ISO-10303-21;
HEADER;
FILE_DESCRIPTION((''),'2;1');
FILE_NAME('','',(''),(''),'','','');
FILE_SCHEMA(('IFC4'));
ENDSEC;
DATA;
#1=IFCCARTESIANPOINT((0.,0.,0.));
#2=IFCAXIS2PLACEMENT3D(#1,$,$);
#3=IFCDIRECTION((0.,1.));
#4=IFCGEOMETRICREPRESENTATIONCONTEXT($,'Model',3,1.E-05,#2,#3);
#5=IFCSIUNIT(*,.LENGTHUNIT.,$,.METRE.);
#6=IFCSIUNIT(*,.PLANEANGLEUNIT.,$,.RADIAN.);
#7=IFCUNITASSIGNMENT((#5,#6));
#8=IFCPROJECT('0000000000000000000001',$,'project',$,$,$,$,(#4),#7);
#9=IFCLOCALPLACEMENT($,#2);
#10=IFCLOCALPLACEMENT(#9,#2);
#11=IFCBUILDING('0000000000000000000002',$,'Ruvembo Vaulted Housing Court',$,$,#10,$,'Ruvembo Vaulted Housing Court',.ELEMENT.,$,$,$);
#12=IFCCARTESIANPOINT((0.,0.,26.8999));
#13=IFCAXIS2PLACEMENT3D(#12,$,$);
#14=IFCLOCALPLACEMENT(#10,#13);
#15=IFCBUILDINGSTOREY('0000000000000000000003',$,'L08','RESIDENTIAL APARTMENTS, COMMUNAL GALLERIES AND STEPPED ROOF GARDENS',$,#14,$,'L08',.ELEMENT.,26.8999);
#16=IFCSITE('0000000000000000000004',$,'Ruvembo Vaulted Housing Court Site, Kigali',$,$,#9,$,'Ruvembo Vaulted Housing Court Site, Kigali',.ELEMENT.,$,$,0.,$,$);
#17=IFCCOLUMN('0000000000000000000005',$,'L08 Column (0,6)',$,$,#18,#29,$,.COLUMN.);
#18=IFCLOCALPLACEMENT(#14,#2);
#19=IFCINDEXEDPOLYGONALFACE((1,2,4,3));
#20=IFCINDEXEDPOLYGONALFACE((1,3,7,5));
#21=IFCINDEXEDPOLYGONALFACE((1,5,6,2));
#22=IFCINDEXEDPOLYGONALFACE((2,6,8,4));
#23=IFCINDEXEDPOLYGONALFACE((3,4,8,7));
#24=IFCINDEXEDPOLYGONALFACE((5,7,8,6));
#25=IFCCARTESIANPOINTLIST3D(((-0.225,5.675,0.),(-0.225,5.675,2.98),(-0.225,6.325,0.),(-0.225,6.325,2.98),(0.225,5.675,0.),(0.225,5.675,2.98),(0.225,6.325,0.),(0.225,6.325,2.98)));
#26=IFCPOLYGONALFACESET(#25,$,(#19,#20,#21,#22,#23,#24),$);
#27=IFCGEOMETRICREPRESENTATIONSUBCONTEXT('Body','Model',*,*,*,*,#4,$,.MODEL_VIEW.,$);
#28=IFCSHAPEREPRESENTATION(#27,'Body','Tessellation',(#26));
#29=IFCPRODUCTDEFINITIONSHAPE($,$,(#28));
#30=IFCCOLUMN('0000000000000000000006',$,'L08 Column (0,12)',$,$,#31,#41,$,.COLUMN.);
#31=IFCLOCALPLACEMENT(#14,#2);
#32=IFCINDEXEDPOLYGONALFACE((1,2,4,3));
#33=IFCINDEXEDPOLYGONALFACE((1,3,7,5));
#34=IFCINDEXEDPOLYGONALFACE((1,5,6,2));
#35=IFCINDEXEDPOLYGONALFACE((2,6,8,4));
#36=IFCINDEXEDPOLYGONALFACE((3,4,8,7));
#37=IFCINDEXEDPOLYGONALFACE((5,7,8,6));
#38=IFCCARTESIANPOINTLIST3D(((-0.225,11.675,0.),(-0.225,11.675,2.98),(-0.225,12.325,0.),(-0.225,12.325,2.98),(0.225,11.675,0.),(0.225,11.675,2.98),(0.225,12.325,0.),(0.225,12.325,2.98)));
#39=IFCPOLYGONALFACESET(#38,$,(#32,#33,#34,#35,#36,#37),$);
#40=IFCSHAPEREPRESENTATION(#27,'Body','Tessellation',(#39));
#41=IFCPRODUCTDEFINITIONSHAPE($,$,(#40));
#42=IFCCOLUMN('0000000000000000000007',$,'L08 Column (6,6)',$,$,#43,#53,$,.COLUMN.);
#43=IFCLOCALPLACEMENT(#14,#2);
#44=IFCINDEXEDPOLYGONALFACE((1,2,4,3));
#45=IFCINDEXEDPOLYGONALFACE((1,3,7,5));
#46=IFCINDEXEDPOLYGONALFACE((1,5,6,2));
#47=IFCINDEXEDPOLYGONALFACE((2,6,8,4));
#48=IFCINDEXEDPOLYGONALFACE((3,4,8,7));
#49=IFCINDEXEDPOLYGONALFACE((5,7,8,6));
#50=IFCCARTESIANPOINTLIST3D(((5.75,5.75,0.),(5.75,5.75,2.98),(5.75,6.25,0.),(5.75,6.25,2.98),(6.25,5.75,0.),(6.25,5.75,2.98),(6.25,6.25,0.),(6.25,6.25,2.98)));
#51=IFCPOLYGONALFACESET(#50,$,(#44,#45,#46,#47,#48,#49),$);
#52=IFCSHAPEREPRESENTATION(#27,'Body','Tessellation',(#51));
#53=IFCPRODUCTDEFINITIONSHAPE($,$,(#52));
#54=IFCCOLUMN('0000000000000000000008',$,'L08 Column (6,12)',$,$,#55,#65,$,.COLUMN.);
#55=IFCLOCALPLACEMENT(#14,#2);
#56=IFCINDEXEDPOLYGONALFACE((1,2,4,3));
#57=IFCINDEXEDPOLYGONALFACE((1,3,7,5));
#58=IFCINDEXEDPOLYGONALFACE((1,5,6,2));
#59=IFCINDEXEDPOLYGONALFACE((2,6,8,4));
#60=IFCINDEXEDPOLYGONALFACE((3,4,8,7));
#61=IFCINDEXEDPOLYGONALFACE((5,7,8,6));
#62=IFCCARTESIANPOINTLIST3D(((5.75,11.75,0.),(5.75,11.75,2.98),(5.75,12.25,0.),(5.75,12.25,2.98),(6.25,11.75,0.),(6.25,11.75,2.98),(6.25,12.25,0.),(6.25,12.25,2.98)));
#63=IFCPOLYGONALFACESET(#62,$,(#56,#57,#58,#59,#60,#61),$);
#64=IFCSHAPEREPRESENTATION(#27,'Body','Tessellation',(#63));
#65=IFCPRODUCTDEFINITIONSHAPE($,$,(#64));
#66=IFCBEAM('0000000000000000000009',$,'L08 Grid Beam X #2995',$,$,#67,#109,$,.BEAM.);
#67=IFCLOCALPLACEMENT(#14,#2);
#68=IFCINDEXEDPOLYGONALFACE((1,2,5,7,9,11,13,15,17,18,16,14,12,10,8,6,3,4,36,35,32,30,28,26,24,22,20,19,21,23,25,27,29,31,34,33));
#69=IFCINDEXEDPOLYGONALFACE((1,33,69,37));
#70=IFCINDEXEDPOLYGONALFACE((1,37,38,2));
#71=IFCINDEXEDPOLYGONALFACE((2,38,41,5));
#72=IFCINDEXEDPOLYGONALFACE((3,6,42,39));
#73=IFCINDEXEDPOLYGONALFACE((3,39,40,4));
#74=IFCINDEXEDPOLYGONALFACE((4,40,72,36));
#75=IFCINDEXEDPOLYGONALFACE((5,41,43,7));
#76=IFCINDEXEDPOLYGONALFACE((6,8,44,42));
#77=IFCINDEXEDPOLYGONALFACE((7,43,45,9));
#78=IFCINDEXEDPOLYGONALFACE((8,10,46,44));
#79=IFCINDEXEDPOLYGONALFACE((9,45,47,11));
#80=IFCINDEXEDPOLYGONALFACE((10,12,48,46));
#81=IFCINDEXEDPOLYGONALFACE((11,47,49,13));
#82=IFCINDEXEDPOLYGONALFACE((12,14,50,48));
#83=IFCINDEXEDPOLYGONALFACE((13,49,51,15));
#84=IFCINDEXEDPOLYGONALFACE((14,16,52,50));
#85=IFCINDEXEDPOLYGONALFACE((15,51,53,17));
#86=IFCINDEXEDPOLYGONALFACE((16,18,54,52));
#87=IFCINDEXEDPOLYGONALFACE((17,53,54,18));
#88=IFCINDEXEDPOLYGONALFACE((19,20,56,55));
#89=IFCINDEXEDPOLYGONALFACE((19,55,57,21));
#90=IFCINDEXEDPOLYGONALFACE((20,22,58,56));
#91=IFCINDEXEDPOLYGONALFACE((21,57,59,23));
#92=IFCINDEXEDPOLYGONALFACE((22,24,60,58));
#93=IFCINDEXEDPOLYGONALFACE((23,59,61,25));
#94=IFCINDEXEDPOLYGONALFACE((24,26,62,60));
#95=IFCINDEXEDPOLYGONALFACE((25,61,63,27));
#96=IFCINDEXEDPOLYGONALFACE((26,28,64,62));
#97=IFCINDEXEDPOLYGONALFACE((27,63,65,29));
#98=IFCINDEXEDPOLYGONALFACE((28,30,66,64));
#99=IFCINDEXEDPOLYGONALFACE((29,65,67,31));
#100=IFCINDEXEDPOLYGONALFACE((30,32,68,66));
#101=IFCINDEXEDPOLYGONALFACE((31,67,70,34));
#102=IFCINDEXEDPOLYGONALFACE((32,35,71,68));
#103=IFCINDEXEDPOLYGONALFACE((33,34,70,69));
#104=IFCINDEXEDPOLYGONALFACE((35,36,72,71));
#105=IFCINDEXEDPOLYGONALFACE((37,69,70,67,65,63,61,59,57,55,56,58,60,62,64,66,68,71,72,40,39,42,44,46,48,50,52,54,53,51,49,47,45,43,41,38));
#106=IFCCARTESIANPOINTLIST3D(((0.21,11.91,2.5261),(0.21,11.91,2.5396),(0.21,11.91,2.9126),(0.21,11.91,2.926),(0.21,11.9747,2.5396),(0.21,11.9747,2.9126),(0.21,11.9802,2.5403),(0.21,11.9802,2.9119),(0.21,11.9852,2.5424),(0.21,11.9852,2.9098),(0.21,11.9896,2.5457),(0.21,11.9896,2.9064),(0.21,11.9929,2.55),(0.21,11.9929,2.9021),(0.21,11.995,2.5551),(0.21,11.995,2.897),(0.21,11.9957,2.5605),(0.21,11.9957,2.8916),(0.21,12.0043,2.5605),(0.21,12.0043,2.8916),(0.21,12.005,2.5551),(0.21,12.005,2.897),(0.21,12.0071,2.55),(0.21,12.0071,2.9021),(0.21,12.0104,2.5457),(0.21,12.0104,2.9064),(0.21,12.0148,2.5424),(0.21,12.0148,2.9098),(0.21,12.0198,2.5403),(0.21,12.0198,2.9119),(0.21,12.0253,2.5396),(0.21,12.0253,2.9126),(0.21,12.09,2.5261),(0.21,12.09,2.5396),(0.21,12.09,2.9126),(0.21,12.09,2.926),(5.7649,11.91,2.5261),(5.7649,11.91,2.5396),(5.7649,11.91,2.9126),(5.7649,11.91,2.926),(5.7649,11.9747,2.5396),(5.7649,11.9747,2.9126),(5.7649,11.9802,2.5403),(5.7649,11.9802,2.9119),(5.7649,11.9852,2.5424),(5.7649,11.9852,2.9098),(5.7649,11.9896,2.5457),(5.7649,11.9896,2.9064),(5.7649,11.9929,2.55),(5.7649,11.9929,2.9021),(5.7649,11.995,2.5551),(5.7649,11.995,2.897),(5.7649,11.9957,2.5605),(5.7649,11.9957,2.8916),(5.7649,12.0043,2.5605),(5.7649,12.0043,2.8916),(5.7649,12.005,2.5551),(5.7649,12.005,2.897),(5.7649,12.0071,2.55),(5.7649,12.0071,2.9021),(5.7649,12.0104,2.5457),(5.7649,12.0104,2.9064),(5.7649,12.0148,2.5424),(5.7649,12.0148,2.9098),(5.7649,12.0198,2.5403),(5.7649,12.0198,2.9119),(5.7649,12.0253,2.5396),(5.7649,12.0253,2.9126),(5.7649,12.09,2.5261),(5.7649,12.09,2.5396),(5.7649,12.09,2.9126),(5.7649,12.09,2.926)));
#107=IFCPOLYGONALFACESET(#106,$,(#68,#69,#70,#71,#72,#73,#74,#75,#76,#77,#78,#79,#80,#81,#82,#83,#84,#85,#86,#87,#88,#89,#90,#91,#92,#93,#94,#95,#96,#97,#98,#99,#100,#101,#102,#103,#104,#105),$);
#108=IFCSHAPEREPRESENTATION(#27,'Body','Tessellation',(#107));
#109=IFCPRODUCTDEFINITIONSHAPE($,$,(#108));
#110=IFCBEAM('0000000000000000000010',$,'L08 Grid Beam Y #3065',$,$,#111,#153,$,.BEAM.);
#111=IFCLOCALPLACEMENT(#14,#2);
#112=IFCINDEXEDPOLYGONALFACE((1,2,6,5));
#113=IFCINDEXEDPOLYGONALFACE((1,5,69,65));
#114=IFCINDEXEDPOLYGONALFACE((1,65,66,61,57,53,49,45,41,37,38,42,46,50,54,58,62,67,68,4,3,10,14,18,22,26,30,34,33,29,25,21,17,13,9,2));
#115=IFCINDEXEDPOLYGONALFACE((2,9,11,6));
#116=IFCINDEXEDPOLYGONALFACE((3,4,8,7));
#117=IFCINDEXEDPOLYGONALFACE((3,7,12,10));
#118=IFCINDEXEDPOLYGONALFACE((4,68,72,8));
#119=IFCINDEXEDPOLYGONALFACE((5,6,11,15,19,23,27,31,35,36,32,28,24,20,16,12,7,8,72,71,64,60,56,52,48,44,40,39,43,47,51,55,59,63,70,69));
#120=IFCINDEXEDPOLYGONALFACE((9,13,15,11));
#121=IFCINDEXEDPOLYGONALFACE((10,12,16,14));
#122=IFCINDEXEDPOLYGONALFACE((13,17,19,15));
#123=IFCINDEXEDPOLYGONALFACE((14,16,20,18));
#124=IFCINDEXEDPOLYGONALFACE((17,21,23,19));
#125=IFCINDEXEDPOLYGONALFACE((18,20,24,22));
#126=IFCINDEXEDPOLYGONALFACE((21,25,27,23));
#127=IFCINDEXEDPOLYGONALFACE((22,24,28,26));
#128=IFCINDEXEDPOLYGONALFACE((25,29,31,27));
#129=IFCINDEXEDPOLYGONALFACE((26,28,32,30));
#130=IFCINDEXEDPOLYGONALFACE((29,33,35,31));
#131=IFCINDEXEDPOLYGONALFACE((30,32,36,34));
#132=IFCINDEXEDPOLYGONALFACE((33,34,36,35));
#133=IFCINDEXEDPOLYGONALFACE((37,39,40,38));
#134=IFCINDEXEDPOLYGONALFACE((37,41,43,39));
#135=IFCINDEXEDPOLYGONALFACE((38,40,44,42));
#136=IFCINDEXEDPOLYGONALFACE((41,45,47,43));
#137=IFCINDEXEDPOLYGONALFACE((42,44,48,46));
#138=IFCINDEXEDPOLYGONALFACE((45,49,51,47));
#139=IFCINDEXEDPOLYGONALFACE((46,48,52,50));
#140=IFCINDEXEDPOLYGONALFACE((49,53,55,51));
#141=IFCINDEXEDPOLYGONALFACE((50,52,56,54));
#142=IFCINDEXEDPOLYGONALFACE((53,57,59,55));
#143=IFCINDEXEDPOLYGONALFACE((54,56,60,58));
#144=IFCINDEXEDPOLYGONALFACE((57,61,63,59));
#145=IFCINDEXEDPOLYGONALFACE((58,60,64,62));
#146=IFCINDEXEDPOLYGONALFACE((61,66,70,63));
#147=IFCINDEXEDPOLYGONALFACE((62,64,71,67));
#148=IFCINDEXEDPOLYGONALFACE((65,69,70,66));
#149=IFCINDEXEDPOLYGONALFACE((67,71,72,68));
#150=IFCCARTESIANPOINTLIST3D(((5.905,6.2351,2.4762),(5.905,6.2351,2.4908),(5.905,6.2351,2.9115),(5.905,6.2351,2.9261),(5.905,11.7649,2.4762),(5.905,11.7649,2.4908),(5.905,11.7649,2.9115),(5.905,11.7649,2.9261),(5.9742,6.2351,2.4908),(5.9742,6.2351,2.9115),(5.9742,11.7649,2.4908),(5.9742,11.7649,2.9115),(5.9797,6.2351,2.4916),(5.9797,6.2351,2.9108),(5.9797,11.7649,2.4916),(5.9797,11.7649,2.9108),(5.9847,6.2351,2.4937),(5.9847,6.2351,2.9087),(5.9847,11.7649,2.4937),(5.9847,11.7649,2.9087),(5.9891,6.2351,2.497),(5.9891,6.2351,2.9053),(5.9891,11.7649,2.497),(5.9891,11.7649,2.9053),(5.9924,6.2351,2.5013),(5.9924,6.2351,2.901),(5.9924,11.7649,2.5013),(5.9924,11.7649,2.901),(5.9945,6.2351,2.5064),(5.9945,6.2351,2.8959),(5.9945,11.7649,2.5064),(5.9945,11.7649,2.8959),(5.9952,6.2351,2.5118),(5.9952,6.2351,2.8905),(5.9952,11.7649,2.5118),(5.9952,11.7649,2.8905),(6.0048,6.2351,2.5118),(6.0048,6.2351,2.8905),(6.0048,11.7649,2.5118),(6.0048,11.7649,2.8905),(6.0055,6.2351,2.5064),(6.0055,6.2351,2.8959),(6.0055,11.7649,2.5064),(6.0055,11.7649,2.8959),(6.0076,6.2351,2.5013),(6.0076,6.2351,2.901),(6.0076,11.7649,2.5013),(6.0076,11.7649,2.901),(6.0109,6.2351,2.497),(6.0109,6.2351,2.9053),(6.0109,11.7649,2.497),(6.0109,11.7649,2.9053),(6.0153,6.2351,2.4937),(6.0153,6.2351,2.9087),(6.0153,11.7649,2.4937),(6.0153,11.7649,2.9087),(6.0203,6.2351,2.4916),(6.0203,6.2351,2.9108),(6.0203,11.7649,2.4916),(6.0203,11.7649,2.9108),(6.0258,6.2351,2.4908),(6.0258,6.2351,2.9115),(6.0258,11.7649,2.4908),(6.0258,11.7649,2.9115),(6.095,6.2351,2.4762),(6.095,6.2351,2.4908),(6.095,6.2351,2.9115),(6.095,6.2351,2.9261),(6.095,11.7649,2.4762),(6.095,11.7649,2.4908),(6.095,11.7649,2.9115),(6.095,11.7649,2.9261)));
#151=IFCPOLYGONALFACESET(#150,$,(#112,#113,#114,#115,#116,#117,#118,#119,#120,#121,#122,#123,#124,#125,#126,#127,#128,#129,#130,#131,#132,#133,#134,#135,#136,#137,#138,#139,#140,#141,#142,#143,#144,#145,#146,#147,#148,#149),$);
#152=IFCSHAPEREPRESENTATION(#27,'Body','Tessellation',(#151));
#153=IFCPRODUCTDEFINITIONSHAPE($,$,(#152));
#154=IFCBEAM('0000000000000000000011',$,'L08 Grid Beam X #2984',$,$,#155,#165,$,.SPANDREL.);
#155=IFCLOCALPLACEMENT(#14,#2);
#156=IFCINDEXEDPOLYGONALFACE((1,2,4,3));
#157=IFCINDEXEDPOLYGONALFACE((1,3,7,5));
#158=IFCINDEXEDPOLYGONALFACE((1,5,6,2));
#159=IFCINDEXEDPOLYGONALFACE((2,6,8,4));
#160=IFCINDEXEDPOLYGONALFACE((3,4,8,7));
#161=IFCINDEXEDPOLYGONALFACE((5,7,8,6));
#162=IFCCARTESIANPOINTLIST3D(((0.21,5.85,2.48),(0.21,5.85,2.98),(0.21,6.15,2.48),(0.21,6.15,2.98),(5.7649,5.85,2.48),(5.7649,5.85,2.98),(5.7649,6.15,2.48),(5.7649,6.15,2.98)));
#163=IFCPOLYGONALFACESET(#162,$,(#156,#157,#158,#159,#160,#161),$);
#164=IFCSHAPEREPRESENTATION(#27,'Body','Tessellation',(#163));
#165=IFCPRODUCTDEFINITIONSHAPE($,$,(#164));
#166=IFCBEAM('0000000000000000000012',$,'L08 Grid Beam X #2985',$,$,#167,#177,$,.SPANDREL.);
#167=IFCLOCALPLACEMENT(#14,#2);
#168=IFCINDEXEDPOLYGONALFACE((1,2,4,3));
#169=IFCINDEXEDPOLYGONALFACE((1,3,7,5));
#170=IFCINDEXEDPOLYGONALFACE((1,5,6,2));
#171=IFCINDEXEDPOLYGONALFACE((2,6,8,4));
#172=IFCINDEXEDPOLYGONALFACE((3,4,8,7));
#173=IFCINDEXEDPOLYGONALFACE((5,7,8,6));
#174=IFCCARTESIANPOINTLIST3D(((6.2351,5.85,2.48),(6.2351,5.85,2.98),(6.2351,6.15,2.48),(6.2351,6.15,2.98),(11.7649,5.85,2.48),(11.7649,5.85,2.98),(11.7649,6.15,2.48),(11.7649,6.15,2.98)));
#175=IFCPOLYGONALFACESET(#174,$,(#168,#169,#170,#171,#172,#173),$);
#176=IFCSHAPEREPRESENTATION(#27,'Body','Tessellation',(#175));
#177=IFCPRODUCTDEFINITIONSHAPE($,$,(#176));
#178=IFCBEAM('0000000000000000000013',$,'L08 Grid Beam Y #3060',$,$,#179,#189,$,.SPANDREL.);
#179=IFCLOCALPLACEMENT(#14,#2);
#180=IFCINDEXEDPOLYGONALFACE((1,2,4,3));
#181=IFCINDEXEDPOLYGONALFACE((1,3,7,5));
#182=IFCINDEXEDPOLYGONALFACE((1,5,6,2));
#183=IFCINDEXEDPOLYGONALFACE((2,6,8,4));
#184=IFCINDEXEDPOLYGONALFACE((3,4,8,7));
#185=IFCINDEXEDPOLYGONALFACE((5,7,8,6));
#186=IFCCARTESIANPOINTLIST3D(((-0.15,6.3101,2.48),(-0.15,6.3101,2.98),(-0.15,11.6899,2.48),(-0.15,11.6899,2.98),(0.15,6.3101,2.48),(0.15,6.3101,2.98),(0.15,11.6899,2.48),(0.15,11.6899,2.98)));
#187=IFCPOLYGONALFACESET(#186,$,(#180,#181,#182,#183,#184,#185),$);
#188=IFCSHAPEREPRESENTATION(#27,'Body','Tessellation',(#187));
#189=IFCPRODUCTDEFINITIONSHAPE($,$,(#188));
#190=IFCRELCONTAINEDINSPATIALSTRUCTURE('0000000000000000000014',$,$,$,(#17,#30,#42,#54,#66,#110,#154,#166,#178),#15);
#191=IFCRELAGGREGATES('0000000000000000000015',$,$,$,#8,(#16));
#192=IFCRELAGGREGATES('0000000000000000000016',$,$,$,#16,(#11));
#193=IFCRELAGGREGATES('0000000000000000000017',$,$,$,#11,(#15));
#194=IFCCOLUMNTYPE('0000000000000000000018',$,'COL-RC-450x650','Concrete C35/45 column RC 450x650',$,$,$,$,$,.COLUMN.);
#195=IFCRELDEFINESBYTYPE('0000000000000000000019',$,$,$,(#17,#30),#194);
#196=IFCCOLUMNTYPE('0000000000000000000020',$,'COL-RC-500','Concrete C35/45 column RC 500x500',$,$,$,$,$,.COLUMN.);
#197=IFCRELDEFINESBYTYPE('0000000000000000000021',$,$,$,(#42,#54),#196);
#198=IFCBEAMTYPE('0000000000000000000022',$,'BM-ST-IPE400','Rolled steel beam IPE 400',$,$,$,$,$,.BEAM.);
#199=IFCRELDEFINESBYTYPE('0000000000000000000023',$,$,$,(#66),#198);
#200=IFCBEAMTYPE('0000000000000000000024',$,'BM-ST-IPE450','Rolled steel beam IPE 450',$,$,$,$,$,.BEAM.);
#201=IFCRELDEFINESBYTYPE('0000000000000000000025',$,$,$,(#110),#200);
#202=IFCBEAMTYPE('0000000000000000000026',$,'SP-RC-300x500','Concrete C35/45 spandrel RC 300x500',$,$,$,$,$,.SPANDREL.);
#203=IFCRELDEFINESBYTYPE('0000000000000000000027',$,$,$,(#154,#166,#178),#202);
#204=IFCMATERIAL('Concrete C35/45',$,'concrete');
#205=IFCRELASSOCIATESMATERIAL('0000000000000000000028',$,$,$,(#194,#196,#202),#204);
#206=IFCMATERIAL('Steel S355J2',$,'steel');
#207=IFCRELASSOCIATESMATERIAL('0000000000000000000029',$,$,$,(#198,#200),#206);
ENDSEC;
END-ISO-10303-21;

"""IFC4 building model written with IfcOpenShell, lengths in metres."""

from ifc_helpers import new_model, si_unit, direction, frame, origin, origin_2d, place, context, subcontext, project, spatial, rectangle, i_section, extrude, material, material_profile, profile_set, type_object, element, save


model = new_model("IFC4")

# Units and contexts
model_context = context("Model", 3, precision=1e-05, world=origin(), true_north=direction((0.0, 1.0)))
body_context = subcontext(model_context, "Body", "Model", "MODEL_VIEW")
ifc_project = project(units=[si_unit("LENGTHUNIT", "METRE"), si_unit("PLANEANGLEUNIT", "RADIAN")], contexts=[model_context])

# Site, building, storey
site_placement = place(None, origin())
site = spatial("IfcSite", under=ifc_project, at=site_placement, Name="Ruvembo Vaulted Housing Court Site, Kigali", LongName="Ruvembo Vaulted Housing Court Site, Kigali", CompositionType="ELEMENT", RefElevation=0.0)
building_placement = place(site_placement, origin())
building = spatial("IfcBuilding", under=site, at=building_placement, Name="Ruvembo Vaulted Housing Court", LongName="Ruvembo Vaulted Housing Court", CompositionType="ELEMENT")
storey_placement = place(building_placement, frame((0.0, 0.0, 26.8999)))
storey = spatial("IfcBuildingStorey", under=building, at=storey_placement, Name="L08", Description="RESIDENTIAL APARTMENTS, COMMUNAL GALLERIES AND STEPPED ROOF GARDENS", LongName="L08", CompositionType="ELEMENT", Elevation=26.8999)

# Columns
ifc_material_1 = material(Name="Concrete C35/45", Category="concrete")
ifc_material_profile_1 = material_profile(ifc_material_1, rectangle(XDim=0.45, YDim=0.6499, at=origin_2d()), Name="RC 450x650")
ifc_profile_set_1 = profile_set([ifc_material_profile_1], Name="Concrete C35/45")
column_type_1 = type_object("IfcColumnType", Name="COL-RC-450x650", Description="Concrete C35/45 column RC 450x650", PredefinedType="COLUMN", material=ifc_profile_set_1)
for number, where, z_axis, x_axis, name in (
    (1, (0.0, 6.0, 0.0), (0.0, 0.0, 1.0), (1.0, 0.0, 0.0), "L08 Column (0,6)"),
    (2, (0.0, 12.0, 0.0), (0.0, 0.0, 1.0), (1.0, 0.0, 0.0), "L08 Column (0,12)"),
):
    element("IfcColumn", number, at=place(storey_placement, frame(where, z_axis=z_axis, x_axis=x_axis)), inside=storey, type_object=column_type_1, Name=name, PredefinedType="COLUMN", context=body_context, shape_type="SweptSolid", body=[
        extrude(rectangle(XDim=0.45, YDim=0.6499, at=origin_2d()), origin(), (0.0, 0.0, 1.0), 2.98),
    ])
ifc_material_profile_2 = material_profile(ifc_material_1, rectangle(XDim=0.5, YDim=0.5, at=origin_2d()), Name="RC 500x500")
ifc_profile_set_2 = profile_set([ifc_material_profile_2], Name="Concrete C35/45")
column_type_2 = type_object("IfcColumnType", Name="COL-RC-500", Description="Concrete C35/45 column RC 500x500", PredefinedType="COLUMN", material=ifc_profile_set_2)
for number, where, z_axis, x_axis, name in (
    (3, (6.0, 6.0, 0.0), (0.0, 0.0, 1.0), (1.0, 0.0, 0.0), "L08 Column (6,6)"),
    (4, (6.0, 12.0, 0.0), (0.0, 0.0, 1.0), (1.0, 0.0, 0.0), "L08 Column (6,12)"),
):
    element("IfcColumn", number, at=place(storey_placement, frame(where, z_axis=z_axis, x_axis=x_axis)), inside=storey, type_object=column_type_2, Name=name, PredefinedType="COLUMN", context=body_context, shape_type="SweptSolid", body=[
        extrude(rectangle(XDim=0.5, YDim=0.5, at=origin_2d()), origin(), (0.0, 0.0, 1.0), 2.98),
    ])

# Beams
ifc_material_2 = material(Name="Steel S355J2", Category="steel")
ifc_material_profile_3 = material_profile(ifc_material_2, i_section(OverallWidth=0.1799, OverallDepth=0.3999, WebThickness=0.0085, FlangeThickness=0.0134, FilletRadius=0.021, at=origin_2d()), Name="IPE 400")
ifc_profile_set_3 = profile_set([ifc_material_profile_3], Name="Steel S355J2")
beam_type_1 = type_object("IfcBeamType", Name="BM-ST-IPE400", Description="Rolled steel beam IPE 400", PredefinedType="BEAM", material=ifc_profile_set_3)
beam_1_placement = place(storey_placement, frame((0.21, 12.0, 2.7261), z_axis=(1.0, 0.0, 0.0), x_axis=(0.0, 1.0, 0.0)))
element("IfcBeam", 5, at=beam_1_placement, inside=storey, type_object=beam_type_1, Name="L08 Grid Beam X #2995", PredefinedType="BEAM", context=body_context, shape_type="SweptSolid", body=[
    extrude(i_section(OverallWidth=0.1799, OverallDepth=0.3999, WebThickness=0.0085, FlangeThickness=0.0134, FilletRadius=0.021, at=origin_2d()), origin(), (0.0, 0.0, 1.0), 5.5549),
])
ifc_material_profile_4 = material_profile(ifc_material_2, i_section(OverallWidth=0.1899, OverallDepth=0.45, WebThickness=0.0095, FlangeThickness=0.0146, FilletRadius=0.021, at=origin_2d()), Name="IPE 450")
ifc_profile_set_4 = profile_set([ifc_material_profile_4], Name="Steel S355J2")
beam_type_2 = type_object("IfcBeamType", Name="BM-ST-IPE450", Description="Rolled steel beam IPE 450", PredefinedType="BEAM", material=ifc_profile_set_4)
beam_2_placement = place(storey_placement, frame((6.0, 6.2351, 2.7012), z_axis=(0.0, 1.0, 0.0), x_axis=(-1.0, 0.0, 0.0)))
element("IfcBeam", 6, at=beam_2_placement, inside=storey, type_object=beam_type_2, Name="L08 Grid Beam Y #3065", PredefinedType="BEAM", context=body_context, shape_type="SweptSolid", body=[
    extrude(i_section(OverallWidth=0.1899, OverallDepth=0.45, WebThickness=0.0095, FlangeThickness=0.0146, FilletRadius=0.021, at=origin_2d()), origin(), (0.0, 0.0, 1.0), 5.5298),
])
ifc_material_profile_5 = material_profile(ifc_material_1, rectangle(XDim=0.3, YDim=0.5, at=origin_2d()), Name="RC 300x500")
ifc_profile_set_5 = profile_set([ifc_material_profile_5], Name="Concrete C35/45")
beam_type_3 = type_object("IfcBeamType", Name="SP-RC-300x500", Description="Concrete C35/45 spandrel RC 300x500", PredefinedType="SPANDREL", material=ifc_profile_set_5)
beam_3_placement = place(storey_placement, frame((0.21, 6.0, 2.73), z_axis=(1.0, 0.0, 0.0), x_axis=(0.0, 1.0, 0.0)))
element("IfcBeam", 7, at=beam_3_placement, inside=storey, type_object=beam_type_3, Name="L08 Grid Beam X #2984", PredefinedType="SPANDREL", context=body_context, shape_type="SweptSolid", body=[
    extrude(rectangle(XDim=0.3, YDim=0.5, at=origin_2d()), origin(), (0.0, 0.0, 1.0), 5.5549),
])
beam_4_placement = place(storey_placement, frame((6.2351, 6.0, 2.73), z_axis=(1.0, 0.0, 0.0), x_axis=(0.0, 1.0, 0.0)))
element("IfcBeam", 8, at=beam_4_placement, inside=storey, type_object=beam_type_3, Name="L08 Grid Beam X #2985", PredefinedType="SPANDREL", context=body_context, shape_type="SweptSolid", body=[
    extrude(rectangle(XDim=0.3, YDim=0.5, at=origin_2d()), origin(), (0.0, 0.0, 1.0), 5.5298),
])
beam_5_placement = place(storey_placement, frame((0.0, 6.3101, 2.73), z_axis=(0.0, 1.0, 0.0), x_axis=(-1.0, 0.0, 0.0)))
element("IfcBeam", 9, at=beam_5_placement, inside=storey, type_object=beam_type_3, Name="L08 Grid Beam Y #3060", PredefinedType="SPANDREL", context=body_context, shape_type="SweptSolid", body=[
    extrude(rectangle(XDim=0.3, YDim=0.5, at=origin_2d()), origin(), (0.0, 0.0, 1.0), 5.3799),
])

save(model, "model.ifc")
